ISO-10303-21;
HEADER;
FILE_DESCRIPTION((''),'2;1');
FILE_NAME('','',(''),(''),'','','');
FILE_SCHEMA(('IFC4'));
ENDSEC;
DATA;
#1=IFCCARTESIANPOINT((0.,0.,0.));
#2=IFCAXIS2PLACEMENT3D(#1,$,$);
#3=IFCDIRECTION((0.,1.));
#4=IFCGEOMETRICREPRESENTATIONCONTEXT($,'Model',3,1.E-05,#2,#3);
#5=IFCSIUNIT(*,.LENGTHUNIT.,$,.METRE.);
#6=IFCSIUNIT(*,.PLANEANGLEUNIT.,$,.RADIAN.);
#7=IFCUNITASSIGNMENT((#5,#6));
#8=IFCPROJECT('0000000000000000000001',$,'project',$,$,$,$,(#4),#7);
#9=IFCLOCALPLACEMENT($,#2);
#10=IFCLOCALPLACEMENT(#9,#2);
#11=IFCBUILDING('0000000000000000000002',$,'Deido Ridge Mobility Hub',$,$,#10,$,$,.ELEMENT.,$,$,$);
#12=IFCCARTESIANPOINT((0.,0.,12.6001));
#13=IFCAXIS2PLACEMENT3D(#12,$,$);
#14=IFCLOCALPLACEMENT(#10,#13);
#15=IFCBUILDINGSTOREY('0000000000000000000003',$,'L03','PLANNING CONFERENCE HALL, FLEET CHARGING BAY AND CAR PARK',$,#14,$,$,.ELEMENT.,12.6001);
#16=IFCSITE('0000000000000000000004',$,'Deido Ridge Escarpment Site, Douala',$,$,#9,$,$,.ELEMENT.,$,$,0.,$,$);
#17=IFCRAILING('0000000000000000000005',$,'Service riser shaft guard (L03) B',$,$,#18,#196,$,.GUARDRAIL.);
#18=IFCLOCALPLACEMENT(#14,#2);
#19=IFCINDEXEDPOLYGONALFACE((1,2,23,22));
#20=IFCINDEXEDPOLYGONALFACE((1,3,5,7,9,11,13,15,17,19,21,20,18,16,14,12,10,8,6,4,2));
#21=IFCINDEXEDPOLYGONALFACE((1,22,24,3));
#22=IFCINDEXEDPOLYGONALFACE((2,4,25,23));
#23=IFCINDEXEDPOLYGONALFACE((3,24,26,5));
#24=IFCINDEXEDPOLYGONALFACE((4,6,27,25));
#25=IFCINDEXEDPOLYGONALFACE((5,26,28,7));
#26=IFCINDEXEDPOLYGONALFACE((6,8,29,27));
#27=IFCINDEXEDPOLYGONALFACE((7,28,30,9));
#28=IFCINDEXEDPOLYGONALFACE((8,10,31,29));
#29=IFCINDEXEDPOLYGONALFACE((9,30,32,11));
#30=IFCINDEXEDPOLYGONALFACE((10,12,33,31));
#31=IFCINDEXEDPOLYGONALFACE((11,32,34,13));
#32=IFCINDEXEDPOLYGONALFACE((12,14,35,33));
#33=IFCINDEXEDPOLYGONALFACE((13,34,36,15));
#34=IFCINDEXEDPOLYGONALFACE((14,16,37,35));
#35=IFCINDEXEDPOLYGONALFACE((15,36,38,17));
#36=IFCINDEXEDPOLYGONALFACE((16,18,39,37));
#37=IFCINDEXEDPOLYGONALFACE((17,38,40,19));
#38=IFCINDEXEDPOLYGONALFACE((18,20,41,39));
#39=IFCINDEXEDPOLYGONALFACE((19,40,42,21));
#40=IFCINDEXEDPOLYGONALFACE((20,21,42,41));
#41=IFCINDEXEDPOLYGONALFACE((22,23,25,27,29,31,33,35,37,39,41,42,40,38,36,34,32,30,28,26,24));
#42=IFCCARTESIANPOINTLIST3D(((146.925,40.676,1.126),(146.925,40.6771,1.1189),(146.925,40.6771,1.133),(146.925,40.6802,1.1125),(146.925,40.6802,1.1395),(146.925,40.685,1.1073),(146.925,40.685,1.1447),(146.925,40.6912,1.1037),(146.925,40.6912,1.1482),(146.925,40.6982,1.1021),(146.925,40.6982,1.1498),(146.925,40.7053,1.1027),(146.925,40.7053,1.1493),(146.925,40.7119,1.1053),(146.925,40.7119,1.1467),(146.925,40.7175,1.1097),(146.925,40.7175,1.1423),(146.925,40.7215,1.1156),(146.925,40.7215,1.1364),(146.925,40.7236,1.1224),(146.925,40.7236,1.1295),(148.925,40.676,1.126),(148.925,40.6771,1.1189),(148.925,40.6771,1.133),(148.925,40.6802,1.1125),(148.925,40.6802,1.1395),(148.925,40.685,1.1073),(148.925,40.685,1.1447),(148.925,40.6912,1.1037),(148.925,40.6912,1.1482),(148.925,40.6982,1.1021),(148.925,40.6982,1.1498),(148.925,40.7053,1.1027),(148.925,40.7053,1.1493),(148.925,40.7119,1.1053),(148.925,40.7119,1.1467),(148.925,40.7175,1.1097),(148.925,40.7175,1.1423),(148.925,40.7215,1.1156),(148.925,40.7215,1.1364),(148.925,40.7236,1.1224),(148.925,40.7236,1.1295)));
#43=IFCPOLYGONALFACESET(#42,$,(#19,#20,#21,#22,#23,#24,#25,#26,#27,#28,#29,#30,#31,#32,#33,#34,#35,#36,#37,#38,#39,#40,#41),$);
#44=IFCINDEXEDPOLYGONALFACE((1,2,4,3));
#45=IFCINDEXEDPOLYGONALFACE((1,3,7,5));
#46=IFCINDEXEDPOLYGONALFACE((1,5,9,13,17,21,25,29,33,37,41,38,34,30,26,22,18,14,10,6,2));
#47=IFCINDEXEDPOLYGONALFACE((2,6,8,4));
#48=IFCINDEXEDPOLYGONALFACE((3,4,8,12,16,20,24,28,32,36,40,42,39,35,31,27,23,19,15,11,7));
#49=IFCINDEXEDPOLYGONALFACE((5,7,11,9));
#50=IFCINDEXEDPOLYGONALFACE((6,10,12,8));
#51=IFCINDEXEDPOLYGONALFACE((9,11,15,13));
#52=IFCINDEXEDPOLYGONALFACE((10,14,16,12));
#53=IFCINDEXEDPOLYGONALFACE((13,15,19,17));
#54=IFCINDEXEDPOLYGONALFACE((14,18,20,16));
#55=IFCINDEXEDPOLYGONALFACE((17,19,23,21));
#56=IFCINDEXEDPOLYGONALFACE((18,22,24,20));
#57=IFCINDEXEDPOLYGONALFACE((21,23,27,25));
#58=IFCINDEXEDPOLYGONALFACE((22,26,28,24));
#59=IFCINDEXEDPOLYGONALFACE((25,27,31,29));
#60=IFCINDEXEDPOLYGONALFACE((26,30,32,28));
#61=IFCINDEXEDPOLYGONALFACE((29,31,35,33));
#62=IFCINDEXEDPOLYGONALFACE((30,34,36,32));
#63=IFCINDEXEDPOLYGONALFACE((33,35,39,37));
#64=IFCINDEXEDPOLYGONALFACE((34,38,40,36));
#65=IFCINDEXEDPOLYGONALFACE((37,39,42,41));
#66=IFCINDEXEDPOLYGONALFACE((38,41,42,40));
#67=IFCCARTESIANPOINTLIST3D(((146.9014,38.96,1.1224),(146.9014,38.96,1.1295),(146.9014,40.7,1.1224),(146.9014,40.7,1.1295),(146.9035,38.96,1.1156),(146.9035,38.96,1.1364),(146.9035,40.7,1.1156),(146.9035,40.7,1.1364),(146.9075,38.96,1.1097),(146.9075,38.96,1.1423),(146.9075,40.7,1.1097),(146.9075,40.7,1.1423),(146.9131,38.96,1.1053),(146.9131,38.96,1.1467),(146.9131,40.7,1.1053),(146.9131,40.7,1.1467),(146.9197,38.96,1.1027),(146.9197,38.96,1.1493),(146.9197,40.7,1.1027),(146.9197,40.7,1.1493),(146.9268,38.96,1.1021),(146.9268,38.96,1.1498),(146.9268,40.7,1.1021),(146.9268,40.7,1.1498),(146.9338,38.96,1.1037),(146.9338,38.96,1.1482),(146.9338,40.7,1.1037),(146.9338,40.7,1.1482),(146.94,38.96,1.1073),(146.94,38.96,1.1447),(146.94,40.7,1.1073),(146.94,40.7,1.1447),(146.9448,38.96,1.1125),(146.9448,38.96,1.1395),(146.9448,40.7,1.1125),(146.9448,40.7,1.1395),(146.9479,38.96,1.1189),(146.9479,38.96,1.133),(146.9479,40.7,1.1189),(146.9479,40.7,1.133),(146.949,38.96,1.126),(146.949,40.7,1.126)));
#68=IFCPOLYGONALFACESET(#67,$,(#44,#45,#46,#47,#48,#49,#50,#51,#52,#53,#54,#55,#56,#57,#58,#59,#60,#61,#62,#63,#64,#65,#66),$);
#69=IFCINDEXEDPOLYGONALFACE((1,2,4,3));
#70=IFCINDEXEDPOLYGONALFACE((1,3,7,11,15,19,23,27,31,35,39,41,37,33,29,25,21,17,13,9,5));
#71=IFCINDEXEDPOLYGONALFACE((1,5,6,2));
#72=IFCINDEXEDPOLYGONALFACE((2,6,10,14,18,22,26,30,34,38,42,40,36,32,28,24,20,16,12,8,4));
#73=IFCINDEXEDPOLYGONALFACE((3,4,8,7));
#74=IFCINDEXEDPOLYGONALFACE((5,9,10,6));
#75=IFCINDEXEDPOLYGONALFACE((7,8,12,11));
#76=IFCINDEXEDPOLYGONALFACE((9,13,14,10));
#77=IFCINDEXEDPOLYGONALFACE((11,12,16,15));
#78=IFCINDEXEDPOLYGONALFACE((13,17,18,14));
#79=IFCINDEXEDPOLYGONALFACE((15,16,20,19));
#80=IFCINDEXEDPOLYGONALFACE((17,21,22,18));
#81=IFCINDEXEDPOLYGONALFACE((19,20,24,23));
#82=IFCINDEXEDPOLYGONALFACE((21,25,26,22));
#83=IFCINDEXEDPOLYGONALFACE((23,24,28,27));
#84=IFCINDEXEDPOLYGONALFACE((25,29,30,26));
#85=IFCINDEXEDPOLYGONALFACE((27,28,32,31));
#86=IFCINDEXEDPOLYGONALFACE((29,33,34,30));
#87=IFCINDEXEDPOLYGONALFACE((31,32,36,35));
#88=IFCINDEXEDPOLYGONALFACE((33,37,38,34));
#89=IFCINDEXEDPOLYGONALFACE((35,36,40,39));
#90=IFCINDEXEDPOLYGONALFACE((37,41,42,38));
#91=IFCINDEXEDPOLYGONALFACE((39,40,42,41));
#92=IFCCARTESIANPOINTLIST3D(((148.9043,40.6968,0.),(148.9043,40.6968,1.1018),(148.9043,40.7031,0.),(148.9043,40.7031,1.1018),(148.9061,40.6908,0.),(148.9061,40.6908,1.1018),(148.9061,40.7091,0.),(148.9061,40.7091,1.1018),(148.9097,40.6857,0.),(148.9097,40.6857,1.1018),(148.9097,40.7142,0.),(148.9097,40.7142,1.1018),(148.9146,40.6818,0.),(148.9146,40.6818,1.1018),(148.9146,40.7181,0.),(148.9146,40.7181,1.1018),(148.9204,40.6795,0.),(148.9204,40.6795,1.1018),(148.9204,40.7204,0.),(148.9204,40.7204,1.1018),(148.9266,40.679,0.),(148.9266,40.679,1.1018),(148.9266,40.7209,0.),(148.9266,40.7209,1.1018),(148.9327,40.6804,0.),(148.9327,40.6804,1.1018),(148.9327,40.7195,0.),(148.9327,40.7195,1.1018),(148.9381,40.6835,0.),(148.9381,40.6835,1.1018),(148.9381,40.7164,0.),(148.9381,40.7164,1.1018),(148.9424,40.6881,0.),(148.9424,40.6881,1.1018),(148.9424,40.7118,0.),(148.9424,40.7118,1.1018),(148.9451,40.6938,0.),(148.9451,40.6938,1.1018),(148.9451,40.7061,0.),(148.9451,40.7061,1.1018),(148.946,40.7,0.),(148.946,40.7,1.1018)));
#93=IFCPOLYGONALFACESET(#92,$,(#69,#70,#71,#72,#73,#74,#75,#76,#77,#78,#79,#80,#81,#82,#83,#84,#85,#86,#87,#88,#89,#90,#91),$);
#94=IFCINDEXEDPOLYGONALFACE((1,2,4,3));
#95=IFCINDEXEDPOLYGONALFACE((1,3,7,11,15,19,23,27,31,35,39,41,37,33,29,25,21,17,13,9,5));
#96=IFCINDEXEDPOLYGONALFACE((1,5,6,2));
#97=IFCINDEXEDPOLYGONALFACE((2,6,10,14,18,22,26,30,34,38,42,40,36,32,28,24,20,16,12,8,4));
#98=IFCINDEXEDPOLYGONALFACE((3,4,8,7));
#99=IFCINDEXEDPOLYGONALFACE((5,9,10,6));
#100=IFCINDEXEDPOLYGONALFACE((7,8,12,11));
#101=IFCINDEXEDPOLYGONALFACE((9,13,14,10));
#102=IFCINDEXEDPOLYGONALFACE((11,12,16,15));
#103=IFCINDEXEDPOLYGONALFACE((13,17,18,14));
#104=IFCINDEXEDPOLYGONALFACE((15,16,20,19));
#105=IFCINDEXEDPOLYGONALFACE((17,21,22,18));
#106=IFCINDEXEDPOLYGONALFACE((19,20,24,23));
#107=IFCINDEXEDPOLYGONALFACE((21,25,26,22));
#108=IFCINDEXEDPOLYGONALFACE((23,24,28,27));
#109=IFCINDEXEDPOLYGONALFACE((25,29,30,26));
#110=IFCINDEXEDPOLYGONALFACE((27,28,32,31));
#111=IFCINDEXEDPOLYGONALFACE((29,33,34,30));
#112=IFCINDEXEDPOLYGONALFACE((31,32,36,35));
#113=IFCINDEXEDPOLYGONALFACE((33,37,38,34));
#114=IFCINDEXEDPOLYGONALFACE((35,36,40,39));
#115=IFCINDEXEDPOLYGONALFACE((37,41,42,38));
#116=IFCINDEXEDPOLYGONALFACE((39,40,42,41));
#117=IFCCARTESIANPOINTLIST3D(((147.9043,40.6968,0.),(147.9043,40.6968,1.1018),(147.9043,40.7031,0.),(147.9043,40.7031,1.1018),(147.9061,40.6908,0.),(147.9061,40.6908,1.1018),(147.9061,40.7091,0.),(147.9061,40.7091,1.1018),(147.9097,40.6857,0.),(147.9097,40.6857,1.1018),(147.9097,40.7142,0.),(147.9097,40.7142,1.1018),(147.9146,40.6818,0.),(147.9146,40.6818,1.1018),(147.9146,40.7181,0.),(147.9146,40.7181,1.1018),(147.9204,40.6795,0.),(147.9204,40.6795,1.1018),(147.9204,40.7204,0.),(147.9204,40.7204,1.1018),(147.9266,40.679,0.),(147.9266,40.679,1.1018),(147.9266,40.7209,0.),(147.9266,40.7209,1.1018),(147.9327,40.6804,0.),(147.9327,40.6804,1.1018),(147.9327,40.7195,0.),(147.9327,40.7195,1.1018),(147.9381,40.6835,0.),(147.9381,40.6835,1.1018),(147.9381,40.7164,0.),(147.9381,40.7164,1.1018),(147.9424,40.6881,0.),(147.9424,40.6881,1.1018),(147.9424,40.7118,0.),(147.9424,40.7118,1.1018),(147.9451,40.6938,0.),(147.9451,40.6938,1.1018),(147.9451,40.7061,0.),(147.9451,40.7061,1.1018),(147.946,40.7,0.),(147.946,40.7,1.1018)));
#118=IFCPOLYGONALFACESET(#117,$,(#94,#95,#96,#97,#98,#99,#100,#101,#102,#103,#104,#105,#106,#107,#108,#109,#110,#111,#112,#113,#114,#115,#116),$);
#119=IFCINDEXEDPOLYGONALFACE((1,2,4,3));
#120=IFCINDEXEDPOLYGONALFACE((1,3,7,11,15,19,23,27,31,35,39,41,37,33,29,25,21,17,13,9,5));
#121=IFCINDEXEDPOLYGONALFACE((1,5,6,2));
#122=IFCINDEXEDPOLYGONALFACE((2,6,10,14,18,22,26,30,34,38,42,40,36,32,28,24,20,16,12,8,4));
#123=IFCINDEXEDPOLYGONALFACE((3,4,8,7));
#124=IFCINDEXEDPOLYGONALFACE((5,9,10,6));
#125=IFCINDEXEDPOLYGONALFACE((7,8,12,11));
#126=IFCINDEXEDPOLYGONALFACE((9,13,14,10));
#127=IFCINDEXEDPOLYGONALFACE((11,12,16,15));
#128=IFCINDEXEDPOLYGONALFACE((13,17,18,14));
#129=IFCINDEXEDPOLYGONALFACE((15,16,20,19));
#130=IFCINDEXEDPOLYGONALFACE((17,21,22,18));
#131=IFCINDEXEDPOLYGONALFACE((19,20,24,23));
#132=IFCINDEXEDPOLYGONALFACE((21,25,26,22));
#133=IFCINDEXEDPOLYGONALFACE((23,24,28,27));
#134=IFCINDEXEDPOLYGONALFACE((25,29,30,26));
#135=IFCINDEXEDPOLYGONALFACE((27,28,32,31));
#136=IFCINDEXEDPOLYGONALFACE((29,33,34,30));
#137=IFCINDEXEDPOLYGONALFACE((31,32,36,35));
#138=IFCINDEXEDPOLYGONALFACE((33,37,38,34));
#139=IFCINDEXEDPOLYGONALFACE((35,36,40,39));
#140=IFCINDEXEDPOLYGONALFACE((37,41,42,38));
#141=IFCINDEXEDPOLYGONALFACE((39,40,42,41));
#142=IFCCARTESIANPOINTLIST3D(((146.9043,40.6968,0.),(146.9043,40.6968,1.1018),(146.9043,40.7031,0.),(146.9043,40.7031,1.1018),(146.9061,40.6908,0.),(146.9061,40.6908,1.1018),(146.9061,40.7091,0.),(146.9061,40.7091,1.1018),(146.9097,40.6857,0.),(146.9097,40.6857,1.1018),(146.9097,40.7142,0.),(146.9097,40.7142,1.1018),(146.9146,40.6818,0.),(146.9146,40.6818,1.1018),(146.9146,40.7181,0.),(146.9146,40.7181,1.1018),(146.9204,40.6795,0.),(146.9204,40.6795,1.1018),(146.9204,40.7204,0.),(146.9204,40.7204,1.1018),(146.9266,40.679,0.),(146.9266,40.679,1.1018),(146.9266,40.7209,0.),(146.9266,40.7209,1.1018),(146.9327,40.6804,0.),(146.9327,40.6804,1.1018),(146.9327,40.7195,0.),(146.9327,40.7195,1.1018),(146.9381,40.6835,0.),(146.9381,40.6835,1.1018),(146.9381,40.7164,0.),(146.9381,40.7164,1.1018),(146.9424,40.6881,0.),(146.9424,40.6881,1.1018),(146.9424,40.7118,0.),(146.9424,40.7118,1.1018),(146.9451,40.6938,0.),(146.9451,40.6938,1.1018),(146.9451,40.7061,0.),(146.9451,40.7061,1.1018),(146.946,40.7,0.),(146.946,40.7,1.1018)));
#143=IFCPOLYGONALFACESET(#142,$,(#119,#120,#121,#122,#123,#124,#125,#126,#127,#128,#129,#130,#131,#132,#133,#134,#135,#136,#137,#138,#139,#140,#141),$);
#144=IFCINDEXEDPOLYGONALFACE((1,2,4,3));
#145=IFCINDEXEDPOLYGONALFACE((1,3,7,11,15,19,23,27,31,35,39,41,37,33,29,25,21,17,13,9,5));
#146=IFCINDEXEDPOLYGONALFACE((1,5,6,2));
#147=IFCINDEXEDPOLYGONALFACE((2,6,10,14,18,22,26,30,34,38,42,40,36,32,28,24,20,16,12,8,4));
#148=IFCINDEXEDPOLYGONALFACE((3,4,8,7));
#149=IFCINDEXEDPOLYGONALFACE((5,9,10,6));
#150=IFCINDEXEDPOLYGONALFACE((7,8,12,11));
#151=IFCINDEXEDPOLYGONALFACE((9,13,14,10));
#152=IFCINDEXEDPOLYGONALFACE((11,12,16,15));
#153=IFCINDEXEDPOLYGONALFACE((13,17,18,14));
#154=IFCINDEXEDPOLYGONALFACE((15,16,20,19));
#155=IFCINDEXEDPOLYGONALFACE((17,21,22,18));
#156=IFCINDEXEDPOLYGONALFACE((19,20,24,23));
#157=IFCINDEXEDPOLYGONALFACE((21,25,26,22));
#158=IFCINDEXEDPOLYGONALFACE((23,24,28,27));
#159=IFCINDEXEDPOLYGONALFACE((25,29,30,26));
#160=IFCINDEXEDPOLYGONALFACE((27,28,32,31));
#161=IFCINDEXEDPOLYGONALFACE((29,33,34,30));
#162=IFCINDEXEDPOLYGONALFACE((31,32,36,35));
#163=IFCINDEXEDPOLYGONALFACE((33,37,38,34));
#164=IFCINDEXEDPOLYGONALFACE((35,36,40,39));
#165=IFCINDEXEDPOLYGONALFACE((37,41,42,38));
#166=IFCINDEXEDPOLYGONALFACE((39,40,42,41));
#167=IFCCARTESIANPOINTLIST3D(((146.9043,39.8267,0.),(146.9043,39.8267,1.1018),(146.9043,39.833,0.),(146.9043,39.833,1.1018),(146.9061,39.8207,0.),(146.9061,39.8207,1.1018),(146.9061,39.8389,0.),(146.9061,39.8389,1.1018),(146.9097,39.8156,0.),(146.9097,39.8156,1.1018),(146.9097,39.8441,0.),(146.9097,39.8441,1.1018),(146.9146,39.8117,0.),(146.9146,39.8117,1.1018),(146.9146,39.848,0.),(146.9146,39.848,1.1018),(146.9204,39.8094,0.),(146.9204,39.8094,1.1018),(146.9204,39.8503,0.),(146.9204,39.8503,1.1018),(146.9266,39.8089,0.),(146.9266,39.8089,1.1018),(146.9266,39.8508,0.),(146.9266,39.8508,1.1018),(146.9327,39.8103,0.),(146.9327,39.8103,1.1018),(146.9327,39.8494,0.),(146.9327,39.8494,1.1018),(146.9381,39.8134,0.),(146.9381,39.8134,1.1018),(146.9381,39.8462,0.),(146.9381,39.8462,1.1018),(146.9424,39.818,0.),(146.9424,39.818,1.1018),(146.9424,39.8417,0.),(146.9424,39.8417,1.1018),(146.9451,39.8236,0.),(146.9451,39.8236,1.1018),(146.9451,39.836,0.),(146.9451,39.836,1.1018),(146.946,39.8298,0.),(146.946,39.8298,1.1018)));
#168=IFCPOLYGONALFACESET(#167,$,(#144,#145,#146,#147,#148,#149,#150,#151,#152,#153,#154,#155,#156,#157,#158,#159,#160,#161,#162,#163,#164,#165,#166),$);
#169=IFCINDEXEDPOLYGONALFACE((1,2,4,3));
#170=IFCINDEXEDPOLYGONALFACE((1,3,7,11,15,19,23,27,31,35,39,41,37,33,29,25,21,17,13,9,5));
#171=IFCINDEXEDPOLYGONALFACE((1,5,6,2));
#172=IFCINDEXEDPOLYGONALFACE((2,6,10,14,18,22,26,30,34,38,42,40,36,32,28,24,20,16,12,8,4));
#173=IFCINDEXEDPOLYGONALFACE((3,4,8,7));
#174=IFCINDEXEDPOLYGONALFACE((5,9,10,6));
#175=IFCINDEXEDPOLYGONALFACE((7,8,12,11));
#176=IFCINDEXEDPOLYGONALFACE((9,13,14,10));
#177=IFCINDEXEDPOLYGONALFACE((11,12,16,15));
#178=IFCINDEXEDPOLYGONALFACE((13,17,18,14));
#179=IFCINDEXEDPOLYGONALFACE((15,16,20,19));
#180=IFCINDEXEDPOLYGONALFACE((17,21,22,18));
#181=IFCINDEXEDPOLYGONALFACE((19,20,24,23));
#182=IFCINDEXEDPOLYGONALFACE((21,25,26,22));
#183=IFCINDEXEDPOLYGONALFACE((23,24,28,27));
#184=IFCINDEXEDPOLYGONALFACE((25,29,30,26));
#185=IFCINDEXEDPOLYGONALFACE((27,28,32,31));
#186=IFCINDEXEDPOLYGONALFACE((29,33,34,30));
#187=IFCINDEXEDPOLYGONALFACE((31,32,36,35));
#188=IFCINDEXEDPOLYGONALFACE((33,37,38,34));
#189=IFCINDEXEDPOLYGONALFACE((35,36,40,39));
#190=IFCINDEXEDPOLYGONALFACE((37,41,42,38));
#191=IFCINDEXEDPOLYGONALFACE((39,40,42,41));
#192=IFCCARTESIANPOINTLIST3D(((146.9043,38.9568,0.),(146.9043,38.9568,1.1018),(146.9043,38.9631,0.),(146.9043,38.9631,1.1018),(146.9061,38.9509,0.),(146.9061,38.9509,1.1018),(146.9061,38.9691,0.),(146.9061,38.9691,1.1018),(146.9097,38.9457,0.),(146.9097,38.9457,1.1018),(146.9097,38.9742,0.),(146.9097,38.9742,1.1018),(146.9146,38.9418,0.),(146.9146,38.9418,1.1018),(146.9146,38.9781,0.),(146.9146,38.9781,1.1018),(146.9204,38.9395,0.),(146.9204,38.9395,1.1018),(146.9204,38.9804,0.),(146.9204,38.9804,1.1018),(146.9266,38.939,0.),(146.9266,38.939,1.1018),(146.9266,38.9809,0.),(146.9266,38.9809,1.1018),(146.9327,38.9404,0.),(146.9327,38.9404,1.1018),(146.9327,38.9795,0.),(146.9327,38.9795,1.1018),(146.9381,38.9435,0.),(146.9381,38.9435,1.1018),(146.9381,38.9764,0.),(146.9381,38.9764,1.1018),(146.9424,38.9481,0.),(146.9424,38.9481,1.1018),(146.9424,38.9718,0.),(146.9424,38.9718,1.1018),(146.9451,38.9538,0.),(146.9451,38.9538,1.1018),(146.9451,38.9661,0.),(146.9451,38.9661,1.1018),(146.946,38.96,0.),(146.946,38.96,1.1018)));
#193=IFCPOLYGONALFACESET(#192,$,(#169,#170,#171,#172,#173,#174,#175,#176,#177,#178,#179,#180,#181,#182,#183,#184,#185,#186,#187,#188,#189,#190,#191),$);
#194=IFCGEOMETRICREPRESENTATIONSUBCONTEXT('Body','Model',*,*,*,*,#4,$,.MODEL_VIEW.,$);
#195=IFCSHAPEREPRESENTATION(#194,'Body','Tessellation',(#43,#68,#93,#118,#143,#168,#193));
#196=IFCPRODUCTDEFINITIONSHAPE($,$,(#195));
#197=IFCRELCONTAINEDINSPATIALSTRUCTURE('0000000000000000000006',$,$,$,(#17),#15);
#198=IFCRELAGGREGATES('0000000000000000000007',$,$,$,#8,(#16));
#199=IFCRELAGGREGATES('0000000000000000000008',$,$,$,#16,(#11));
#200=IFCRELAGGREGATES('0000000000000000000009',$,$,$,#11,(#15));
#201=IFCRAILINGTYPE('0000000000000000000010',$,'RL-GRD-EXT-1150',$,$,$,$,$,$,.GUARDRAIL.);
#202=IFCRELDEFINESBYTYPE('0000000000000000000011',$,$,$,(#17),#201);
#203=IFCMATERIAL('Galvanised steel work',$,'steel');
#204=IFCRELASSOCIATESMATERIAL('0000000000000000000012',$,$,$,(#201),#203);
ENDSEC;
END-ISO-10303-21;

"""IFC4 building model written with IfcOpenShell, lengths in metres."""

from ifc_helpers import new_model, si_unit, direction, frame, origin, origin_2d, place, context, subcontext, project, spatial, circle, extrude, material, type_object, element, save


model = new_model("IFC4")

# Units and contexts
model_context = context("Model", 3, precision=1e-05, world=origin(), true_north=direction((0.0, 1.0)))
body_context = subcontext(model_context, "Body", "Model", "MODEL_VIEW")
ifc_project = project(units=[si_unit("LENGTHUNIT", "METRE"), si_unit("PLANEANGLEUNIT", "RADIAN")], contexts=[model_context])

# Site, building, storey
site_placement = place(None, origin())
site = spatial("IfcSite", under=ifc_project, at=site_placement, Name="Deido Ridge Escarpment Site, Douala", CompositionType="ELEMENT", RefElevation=0.0)
building_placement = place(site_placement, origin())
building = spatial("IfcBuilding", under=site, at=building_placement, Name="Deido Ridge Mobility Hub", CompositionType="ELEMENT")
storey_placement = place(building_placement, frame((0.0, 0.0, 12.6001)))
storey = spatial("IfcBuildingStorey", under=building, at=storey_placement, Name="L03", Description="PLANNING CONFERENCE HALL, FLEET CHARGING BAY AND CAR PARK", CompositionType="ELEMENT", Elevation=12.6001)

# Shared definitions
ifc_material_1 = material(Name="Galvanised steel work", Category="steel")

# Railing
railing_type_1 = type_object("IfcRailingType", Name="RL-GRD-EXT-1150", PredefinedType="GUARDRAIL", material=ifc_material_1)
railing_1_placement = place(storey_placement, frame((148.925, 40.7, 0.0)))
element("IfcRailing", 1, at=railing_1_placement, inside=storey, type_object=railing_type_1, Name="Service riser shaft guard (L03) B", PredefinedType="GUARDRAIL", context=body_context, shape_type="SweptSolid", body=[
    extrude(circle(Radius=0.0239, at=origin_2d()), frame((0.0, 0.0, 1.126), z_axis=(-1.0, 0.0, 0.0), x_axis=(0.0, -1.0, 0.0)), (0.0, 0.0, 1.0), 2.0),
    extrude(circle(Radius=0.0239, at=origin_2d()), frame((-2.0, 0.0, 1.126), z_axis=(0.0, -1.0, 0.0), x_axis=(1.0, 0.0, 0.0)), (0.0, 0.0, 1.0), 1.74),
    extrude(circle(Radius=0.021, at=origin_2d()), origin(), (0.0, 0.0, 1.0), 1.1018),
    extrude(circle(Radius=0.021, at=origin_2d()), frame((-1.0, 0.0, 0.0)), (0.0, 0.0, 1.0), 1.1018),
    extrude(circle(Radius=0.021, at=origin_2d()), frame((-2.0, 0.0, 0.0)), (0.0, 0.0, 1.0), 1.1018),
    extrude(circle(Radius=0.021, at=origin_2d()), frame((-2.0, -0.8701, 0.0)), (0.0, 0.0, 1.0), 1.1018),
    extrude(circle(Radius=0.021, at=origin_2d()), frame((-2.0, -1.74, 0.0)), (0.0, 0.0, 1.0), 1.1018),
])

save(model, "model.ifc")
